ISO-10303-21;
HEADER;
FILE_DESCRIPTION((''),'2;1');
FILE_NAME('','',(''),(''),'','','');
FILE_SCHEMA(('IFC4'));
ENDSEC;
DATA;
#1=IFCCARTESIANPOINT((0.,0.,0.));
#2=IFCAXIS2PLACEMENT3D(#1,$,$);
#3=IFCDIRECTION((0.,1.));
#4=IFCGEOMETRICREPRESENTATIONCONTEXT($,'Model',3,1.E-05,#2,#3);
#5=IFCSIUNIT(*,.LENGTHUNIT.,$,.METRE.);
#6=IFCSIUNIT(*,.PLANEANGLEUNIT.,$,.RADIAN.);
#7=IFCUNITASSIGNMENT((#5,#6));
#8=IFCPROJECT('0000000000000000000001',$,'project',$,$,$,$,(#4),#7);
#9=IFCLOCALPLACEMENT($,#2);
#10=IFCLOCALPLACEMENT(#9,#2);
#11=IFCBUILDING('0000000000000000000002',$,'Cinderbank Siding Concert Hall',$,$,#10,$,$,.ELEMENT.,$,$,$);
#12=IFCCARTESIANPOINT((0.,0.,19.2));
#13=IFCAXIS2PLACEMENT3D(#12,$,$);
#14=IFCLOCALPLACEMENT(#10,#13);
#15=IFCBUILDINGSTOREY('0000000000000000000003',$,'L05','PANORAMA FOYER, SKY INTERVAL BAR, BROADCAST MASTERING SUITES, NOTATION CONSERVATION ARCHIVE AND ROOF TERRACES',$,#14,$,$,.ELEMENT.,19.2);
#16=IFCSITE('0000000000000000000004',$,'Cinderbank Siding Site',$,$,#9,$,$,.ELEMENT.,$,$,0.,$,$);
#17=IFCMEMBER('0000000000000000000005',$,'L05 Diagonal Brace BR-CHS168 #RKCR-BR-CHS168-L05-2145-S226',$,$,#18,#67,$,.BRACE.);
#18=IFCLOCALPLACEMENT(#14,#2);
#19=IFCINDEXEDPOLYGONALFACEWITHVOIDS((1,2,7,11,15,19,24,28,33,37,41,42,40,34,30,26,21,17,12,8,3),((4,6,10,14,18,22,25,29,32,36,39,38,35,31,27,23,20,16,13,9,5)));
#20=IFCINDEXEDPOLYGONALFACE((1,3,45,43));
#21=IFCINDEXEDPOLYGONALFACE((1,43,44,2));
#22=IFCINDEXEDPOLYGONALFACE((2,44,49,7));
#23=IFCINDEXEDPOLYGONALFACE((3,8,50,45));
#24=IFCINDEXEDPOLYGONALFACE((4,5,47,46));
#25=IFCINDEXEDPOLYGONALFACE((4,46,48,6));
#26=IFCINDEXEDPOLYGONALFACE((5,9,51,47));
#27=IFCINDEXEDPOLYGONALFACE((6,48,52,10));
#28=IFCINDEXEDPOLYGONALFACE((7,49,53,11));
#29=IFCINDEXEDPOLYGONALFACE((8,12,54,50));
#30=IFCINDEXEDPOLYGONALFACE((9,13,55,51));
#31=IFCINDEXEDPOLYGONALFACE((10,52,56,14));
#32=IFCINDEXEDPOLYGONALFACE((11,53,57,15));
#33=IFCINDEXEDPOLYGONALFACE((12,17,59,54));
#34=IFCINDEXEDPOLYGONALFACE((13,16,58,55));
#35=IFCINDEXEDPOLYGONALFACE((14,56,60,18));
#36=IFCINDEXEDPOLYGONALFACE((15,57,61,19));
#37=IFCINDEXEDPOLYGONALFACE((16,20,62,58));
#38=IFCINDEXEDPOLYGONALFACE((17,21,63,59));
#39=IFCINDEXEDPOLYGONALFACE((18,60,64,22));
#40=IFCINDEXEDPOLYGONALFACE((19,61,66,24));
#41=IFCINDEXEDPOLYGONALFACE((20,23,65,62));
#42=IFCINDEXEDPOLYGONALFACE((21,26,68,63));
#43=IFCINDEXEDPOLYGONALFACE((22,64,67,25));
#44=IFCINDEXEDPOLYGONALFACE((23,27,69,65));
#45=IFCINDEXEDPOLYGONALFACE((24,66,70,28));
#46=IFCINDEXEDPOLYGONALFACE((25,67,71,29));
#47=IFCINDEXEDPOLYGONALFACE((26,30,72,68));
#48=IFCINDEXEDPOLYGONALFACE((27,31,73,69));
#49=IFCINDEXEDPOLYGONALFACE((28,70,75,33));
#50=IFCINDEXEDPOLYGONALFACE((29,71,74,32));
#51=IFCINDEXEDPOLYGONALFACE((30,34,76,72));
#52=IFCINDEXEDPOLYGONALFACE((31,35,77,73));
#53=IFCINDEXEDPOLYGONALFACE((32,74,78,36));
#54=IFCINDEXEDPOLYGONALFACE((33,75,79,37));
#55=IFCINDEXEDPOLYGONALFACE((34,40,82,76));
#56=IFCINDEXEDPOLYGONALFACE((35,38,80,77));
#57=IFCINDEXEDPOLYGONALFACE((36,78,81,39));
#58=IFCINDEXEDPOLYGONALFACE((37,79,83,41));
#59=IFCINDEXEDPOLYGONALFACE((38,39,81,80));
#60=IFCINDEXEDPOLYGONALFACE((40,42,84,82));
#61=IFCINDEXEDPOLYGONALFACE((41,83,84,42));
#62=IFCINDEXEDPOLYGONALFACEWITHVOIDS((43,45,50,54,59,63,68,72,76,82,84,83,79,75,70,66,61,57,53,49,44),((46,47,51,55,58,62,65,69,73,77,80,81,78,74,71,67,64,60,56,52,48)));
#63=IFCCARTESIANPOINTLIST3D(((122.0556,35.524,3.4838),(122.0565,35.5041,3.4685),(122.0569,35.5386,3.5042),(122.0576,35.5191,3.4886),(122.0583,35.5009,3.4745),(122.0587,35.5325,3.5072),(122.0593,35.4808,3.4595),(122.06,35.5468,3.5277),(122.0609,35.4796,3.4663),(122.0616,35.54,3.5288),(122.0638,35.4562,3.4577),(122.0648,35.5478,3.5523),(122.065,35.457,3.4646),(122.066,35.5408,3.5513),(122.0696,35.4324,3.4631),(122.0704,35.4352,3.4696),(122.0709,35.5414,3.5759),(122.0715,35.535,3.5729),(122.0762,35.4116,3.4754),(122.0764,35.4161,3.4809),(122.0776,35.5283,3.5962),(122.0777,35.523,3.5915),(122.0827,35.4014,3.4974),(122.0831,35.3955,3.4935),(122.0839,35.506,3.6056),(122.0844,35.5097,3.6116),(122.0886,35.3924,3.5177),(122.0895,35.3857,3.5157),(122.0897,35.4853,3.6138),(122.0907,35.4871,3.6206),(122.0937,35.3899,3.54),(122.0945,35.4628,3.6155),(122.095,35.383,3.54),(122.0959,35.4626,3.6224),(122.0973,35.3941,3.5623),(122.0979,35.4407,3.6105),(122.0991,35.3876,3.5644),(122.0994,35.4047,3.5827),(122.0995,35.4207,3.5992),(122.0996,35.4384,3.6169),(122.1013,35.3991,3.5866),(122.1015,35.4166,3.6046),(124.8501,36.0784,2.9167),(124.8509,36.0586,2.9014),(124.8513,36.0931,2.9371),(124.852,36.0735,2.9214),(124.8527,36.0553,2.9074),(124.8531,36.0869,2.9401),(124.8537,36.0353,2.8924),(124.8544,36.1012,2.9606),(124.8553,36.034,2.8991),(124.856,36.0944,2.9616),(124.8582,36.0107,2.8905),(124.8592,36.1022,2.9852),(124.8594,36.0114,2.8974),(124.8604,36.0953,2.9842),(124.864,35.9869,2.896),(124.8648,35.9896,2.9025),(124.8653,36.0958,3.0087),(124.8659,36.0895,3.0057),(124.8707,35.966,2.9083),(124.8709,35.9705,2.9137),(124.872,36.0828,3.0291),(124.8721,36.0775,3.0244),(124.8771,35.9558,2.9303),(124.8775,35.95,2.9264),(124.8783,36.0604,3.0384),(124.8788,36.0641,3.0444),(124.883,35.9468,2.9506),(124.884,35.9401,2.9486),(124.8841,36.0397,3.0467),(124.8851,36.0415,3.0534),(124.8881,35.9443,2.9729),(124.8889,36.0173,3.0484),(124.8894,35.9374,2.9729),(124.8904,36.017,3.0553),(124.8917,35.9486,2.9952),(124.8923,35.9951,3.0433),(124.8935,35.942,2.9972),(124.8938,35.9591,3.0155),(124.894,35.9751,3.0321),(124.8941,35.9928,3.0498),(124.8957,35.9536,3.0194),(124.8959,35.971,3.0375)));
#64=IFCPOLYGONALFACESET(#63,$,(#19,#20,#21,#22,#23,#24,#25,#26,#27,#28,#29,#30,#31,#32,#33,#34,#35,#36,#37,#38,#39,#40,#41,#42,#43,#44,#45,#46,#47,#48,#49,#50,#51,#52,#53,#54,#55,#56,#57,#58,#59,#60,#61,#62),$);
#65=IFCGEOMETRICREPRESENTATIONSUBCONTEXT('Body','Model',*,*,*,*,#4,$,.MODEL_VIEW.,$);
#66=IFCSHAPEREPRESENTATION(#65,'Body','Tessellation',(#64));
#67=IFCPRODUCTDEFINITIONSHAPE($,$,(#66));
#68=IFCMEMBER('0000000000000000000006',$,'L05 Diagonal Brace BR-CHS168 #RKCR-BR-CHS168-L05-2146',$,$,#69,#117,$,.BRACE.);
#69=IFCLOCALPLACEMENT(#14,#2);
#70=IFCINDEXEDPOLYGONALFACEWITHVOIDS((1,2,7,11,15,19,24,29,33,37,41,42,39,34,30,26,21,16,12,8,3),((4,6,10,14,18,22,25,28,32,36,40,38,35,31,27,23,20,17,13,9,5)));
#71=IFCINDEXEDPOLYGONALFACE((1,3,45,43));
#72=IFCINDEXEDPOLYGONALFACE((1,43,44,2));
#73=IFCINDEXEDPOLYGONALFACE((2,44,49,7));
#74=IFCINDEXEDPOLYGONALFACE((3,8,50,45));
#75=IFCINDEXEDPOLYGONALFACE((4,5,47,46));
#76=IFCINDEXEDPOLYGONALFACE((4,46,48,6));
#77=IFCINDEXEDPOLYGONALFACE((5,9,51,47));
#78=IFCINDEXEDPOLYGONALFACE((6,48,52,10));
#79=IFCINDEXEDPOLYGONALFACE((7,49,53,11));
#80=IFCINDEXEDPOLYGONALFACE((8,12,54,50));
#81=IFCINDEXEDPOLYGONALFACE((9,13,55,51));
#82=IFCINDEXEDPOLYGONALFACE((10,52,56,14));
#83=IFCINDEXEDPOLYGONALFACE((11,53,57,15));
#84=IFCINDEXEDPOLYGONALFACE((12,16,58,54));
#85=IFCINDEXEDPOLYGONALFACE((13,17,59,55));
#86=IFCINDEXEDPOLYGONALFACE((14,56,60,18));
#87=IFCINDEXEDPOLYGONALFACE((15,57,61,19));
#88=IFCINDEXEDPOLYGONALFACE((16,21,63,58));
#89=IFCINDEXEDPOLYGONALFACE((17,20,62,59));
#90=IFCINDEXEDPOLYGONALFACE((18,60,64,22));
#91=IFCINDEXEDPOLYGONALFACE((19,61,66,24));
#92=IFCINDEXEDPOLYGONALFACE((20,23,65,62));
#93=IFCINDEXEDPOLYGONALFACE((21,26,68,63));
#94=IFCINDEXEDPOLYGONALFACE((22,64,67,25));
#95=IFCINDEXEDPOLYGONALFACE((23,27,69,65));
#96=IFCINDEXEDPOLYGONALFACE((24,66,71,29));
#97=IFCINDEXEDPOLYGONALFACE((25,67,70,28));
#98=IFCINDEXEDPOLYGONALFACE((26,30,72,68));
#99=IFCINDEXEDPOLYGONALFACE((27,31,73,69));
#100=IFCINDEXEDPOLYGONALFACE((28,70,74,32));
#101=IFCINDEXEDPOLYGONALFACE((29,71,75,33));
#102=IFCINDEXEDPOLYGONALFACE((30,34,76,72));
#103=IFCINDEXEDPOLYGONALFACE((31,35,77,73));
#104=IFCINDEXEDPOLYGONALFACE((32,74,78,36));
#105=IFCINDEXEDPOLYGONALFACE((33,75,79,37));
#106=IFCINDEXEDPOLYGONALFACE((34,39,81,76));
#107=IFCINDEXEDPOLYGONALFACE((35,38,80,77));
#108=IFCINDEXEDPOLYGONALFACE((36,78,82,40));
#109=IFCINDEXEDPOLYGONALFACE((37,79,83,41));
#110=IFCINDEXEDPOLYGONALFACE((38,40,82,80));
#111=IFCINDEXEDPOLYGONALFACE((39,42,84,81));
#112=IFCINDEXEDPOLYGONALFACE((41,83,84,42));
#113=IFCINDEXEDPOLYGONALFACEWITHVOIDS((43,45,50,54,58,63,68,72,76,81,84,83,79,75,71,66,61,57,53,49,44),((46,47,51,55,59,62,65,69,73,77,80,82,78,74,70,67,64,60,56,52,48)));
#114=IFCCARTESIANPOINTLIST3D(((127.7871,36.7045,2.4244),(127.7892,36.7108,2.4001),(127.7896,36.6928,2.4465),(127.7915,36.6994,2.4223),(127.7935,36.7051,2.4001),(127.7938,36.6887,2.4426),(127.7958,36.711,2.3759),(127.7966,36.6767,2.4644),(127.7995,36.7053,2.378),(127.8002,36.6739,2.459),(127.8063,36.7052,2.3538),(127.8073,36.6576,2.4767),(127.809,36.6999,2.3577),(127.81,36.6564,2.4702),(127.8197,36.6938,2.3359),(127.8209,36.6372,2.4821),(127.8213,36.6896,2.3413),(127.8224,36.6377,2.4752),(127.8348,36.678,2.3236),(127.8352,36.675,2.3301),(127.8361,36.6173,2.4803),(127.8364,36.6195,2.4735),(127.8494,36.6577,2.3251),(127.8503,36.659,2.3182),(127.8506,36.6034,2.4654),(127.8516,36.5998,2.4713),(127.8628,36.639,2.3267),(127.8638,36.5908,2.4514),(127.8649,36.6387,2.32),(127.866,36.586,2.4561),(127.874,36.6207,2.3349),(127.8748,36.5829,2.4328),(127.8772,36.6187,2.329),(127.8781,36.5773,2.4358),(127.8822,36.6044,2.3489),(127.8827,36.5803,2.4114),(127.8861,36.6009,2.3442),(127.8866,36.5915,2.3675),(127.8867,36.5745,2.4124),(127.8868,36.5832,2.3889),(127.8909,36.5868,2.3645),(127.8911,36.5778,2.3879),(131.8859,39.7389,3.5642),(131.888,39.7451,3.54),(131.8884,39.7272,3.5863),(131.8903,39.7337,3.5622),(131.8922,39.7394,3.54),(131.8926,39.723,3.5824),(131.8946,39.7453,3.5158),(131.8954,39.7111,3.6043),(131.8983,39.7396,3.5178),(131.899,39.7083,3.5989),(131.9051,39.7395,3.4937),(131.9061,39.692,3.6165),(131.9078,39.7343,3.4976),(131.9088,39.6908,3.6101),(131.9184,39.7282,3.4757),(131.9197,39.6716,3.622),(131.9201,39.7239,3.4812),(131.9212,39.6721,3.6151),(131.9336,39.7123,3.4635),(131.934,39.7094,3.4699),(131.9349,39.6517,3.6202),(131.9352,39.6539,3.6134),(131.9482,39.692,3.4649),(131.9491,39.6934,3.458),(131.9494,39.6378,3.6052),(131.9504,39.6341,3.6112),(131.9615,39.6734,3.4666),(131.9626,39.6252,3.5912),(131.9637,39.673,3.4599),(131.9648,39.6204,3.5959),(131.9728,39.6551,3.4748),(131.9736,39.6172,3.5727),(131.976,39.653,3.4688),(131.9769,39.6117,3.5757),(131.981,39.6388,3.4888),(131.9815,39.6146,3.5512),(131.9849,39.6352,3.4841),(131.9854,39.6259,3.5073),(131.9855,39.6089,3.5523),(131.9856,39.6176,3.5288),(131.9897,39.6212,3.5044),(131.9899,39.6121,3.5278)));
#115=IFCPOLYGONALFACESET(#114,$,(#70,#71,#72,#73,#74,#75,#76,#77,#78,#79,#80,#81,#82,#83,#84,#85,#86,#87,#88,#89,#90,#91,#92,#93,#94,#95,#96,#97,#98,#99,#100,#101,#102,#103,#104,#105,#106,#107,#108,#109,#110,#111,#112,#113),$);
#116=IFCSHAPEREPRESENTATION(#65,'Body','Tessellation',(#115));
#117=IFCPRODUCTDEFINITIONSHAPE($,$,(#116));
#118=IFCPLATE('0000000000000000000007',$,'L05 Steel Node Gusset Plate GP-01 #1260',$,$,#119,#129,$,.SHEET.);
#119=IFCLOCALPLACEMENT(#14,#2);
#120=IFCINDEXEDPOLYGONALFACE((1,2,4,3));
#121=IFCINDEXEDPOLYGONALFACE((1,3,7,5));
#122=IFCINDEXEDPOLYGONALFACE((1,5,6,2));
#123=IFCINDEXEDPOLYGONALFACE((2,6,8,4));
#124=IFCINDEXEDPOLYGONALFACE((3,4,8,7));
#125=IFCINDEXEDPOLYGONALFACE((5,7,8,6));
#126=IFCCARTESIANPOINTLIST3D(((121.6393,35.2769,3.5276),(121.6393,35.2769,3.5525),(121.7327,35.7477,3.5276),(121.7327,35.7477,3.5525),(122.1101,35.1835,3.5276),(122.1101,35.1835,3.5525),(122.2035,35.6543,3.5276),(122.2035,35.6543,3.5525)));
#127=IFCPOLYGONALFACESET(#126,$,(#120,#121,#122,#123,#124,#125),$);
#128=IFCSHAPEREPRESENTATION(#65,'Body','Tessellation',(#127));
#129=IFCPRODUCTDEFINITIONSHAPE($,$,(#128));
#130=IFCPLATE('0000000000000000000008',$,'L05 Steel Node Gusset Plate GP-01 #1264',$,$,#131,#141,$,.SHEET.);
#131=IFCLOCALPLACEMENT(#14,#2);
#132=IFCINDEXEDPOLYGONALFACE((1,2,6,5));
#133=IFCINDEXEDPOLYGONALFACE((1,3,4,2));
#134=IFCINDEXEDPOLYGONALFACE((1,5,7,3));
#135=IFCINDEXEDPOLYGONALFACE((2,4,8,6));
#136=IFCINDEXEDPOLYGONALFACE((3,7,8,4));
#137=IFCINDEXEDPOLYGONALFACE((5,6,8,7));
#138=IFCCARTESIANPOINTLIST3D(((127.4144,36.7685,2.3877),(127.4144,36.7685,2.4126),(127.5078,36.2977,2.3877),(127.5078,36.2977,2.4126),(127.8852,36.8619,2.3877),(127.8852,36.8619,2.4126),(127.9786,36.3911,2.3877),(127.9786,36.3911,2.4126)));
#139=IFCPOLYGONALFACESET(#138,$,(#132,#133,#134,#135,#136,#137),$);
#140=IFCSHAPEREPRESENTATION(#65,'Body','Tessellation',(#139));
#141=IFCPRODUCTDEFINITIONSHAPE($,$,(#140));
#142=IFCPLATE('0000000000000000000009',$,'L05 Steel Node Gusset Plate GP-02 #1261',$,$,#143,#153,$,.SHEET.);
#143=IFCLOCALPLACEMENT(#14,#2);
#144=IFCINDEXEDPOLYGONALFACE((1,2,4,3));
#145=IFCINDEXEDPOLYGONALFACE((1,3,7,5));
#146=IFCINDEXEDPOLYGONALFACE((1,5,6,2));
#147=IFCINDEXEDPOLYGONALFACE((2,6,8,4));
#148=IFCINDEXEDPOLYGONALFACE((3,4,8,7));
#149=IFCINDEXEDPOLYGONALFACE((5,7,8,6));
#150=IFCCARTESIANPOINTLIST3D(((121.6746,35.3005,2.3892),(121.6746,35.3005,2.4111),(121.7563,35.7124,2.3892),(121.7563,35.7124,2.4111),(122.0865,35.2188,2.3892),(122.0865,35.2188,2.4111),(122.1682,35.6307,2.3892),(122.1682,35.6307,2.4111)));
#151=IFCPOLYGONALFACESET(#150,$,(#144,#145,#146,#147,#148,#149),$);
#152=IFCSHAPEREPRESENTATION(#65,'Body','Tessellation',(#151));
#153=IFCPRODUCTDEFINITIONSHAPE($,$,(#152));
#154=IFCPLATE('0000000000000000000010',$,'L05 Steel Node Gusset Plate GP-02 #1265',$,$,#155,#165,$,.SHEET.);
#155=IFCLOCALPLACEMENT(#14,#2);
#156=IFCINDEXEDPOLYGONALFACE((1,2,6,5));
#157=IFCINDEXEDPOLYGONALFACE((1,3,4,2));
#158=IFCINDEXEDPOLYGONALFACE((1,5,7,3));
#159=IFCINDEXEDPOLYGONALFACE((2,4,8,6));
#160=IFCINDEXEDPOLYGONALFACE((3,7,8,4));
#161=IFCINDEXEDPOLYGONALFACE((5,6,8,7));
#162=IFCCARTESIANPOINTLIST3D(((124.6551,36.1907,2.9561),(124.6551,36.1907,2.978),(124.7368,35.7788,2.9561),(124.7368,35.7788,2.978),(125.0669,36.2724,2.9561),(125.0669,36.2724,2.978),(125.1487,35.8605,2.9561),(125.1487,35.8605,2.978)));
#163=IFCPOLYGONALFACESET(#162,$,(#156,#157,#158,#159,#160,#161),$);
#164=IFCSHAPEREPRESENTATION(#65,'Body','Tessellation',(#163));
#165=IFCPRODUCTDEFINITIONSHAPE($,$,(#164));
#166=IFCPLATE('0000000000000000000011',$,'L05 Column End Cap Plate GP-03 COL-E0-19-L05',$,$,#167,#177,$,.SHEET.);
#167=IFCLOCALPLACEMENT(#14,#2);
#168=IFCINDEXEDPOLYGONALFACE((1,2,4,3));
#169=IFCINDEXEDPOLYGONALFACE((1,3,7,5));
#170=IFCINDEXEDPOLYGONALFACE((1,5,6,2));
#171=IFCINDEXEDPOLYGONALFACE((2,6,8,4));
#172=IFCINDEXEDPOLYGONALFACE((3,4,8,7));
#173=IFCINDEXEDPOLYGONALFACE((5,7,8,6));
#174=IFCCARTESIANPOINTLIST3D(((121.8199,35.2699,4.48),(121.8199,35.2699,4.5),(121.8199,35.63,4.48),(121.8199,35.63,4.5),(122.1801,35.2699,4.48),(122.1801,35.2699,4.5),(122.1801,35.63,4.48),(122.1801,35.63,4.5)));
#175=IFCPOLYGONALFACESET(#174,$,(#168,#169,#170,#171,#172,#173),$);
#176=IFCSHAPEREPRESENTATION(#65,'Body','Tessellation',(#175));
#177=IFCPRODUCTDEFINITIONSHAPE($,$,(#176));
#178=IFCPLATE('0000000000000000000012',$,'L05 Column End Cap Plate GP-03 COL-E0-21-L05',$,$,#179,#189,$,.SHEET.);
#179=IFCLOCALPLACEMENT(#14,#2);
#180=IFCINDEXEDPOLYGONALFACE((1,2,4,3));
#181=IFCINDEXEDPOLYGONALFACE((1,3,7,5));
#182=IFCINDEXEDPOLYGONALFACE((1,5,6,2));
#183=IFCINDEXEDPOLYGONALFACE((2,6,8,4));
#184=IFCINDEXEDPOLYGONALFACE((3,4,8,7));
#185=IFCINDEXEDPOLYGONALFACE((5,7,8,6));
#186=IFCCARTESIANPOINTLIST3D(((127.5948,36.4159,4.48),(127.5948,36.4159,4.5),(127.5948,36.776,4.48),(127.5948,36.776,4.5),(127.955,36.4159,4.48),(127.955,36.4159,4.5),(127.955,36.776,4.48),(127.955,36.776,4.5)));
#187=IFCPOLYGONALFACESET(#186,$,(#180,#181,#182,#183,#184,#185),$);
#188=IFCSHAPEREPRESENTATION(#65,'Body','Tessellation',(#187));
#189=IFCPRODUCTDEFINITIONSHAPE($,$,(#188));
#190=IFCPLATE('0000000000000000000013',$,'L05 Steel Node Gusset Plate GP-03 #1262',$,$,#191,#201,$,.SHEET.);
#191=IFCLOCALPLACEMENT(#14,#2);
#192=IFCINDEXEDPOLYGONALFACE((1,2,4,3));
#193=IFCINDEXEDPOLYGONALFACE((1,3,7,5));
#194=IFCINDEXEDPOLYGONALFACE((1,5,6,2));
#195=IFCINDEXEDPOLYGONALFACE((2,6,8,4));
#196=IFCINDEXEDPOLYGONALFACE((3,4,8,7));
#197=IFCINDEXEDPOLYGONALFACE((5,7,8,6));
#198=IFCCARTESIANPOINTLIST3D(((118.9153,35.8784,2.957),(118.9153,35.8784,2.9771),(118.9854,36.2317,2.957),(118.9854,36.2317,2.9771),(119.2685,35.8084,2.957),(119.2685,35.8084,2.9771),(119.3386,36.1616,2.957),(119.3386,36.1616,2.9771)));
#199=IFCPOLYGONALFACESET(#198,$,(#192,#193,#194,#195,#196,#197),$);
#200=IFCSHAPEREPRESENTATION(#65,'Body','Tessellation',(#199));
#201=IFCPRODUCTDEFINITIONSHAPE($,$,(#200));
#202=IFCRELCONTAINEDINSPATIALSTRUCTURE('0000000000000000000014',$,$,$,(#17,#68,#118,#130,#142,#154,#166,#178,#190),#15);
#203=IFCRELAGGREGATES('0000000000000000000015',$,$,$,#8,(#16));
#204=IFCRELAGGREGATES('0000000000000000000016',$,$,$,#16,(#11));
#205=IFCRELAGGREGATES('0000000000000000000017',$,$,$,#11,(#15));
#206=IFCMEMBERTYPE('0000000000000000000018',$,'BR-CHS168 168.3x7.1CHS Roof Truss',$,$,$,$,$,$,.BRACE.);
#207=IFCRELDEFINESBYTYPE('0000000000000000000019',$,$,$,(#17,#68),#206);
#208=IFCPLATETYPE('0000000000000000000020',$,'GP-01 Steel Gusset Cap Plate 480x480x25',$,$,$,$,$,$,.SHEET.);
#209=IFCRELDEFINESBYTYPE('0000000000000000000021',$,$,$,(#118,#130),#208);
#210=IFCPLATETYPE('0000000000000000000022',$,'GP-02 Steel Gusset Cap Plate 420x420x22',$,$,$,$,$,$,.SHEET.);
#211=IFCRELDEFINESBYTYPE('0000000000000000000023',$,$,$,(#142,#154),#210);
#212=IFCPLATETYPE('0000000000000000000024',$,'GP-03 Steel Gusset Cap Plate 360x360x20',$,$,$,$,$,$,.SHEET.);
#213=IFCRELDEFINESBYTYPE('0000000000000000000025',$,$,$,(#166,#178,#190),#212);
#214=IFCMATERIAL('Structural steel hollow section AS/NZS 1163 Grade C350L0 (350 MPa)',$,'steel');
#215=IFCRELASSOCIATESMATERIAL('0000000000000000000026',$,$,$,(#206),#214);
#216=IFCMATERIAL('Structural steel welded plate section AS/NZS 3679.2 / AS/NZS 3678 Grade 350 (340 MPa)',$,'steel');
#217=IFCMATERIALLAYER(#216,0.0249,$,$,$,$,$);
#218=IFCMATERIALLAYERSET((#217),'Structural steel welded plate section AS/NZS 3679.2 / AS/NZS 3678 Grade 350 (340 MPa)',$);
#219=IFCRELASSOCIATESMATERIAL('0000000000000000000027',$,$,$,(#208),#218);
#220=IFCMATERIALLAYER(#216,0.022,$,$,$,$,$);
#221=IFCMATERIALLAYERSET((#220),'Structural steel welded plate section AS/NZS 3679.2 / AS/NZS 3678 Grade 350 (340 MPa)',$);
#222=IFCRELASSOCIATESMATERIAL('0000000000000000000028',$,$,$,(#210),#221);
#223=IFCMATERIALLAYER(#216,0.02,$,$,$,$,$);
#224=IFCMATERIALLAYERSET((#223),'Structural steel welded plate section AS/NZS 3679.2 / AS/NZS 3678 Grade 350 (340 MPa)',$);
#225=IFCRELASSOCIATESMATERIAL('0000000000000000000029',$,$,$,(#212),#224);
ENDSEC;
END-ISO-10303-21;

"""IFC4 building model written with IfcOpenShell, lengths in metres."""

from ifc_helpers import new_model, si_unit, direction, frame, origin, origin_2d, place, context, subcontext, project, spatial, rectangle, hollow_circle, extrude, material, layer, layer_set, material_profile, profile_set, type_object, element, save


model = new_model("IFC4")

# Units and contexts
model_context = context("Model", 3, precision=1e-05, world=origin(), true_north=direction((0.0, 1.0)))
body_context = subcontext(model_context, "Body", "Model", "MODEL_VIEW")
ifc_project = project(units=[si_unit("LENGTHUNIT", "METRE"), si_unit("PLANEANGLEUNIT", "RADIAN")], contexts=[model_context])

# Site, building, storey
site_placement = place(None, origin())
site = spatial("IfcSite", under=ifc_project, at=site_placement, Name="Cinderbank Siding Site", CompositionType="ELEMENT", RefElevation=0.0)
building_placement = place(site_placement, origin())
building = spatial("IfcBuilding", under=site, at=building_placement, Name="Cinderbank Siding Concert Hall", CompositionType="ELEMENT")
storey_placement = place(building_placement, frame((0.0, 0.0, 19.2)))
storey = spatial("IfcBuildingStorey", under=building, at=storey_placement, Name="L05", Description="PANORAMA FOYER, SKY INTERVAL BAR, BROADCAST MASTERING SUITES, NOTATION CONSERVATION ARCHIVE AND ROOF TERRACES", CompositionType="ELEMENT", Elevation=19.2)

# Shared definitions
ifc_material_1 = material(Name="Structural steel hollow section AS/NZS 1163 Grade C350L0 (350 MPa)", Category="steel")

# Members
ifc_material_profile_1 = material_profile(ifc_material_1, hollow_circle(Radius=0.0842, WallThickness=0.0071, at=origin_2d()), Name="168.3x7.1CHS", Category="LoadBearing")
ifc_profile_set_1 = profile_set([ifc_material_profile_1], Name="Structural steel hollow section AS/NZS 1163 Grade C350L0 (350 MPa)")
member_type = type_object("IfcMemberType", Name="BR-CHS168 168.3x7.1CHS Roof Truss", PredefinedType="BRACE", material=ifc_profile_set_1)
member_1_placement = place(storey_placement, frame((124.873, 36.02, 2.9729), z_axis=(-0.962003, -0.190871, 0.195241), x_axis=(0.194616, -0.980879, 0.0)))
element("IfcMember", 1, at=member_1_placement, inside=storey, type_object=member_type, Name="L05 Diagonal Brace BR-CHS168 #RKCR-BR-CHS168-L05-2145-S226", PredefinedType="BRACE", context=body_context, shape_type="SweptSolid", body=[
    extrude(hollow_circle(Radius=0.0842, WallThickness=0.0071, at=origin_2d()), origin(), (0.0, 0.0, 1.0), 2.9048),
])
member_2_placement = place(storey_placement, frame((127.8394, 36.6431, 2.4001), z_axis=(0.78437, 0.580674, 0.218132), x_axis=(-0.595002, 0.803724, 0.0)))
element("IfcMember", 2, at=member_2_placement, inside=storey, type_object=member_type, Name="L05 Diagonal Brace BR-CHS168 #RKCR-BR-CHS168-L05-2146", PredefinedType="BRACE", context=body_context, shape_type="SweptSolid", body=[
    extrude(hollow_circle(Radius=0.0842, WallThickness=0.0071, at=origin_2d()), origin(), (0.0, 0.0, 1.0), 5.2256),
])

# Plates
ifc_material_2 = material(Name="Structural steel welded plate section AS/NZS 3679.2 / AS/NZS 3678 Grade 350 (340 MPa)", Category="steel")
ifc_layer_1 = layer(ifc_material_2, 0.0249)
ifc_layer_set_1 = layer_set([ifc_layer_1], Name="Structural steel welded plate section AS/NZS 3679.2 / AS/NZS 3678 Grade 350 (340 MPa)")
plate_type_1 = type_object("IfcPlateType", Name="GP-01 Steel Gusset Cap Plate 480x480x25", PredefinedType="SHEET", material=ifc_layer_set_1)
for number, where, z_axis, x_axis, name in (
    (3, (121.9214, 35.4656, 3.5276), (0.0, 0.0, 1.0), (0.980887, -0.194577, 0.0), "L05 Steel Node Gusset Plate GP-01 #1260"),
    (4, (127.6965, 36.5798, 2.3877), (0.0, 0.0, 1.0), (-0.980887, -0.194577, 0.0), "L05 Steel Node Gusset Plate GP-01 #1264"),
):
    element("IfcPlate", number, at=place(storey_placement, frame(where, z_axis=z_axis, x_axis=x_axis)), inside=storey, type_object=plate_type_1, Name=name, PredefinedType="SHEET", context=body_context, shape_type="SweptSolid", body=[
        extrude(rectangle(XDim=0.48, YDim=0.48, at=origin_2d()), origin(), (0.0, 0.0, 1.0), 0.0249),
    ])
ifc_layer_2 = layer(ifc_material_2, 0.022)
ifc_layer_set_2 = layer_set([ifc_layer_2], Name="Structural steel welded plate section AS/NZS 3679.2 / AS/NZS 3678 Grade 350 (340 MPa)")
plate_type_2 = type_object("IfcPlateType", Name="GP-02 Steel Gusset Cap Plate 420x420x22", PredefinedType="SHEET", material=ifc_layer_set_2)
for number, where, z_axis, x_axis, name in (
    (5, (121.9214, 35.4656, 2.3892), (0.0, 0.0, 1.0), (-0.980887, 0.194577, 0.0), "L05 Steel Node Gusset Plate GP-02 #1261"),
    (6, (124.9019, 36.0256, 2.9561), (0.0, 0.0, 1.0), (-0.980887, -0.194577, 0.0), "L05 Steel Node Gusset Plate GP-02 #1265"),
):
    element("IfcPlate", number, at=place(storey_placement, frame(where, z_axis=z_axis, x_axis=x_axis)), inside=storey, type_object=plate_type_2, Name=name, PredefinedType="SHEET", context=body_context, shape_type="SweptSolid", body=[
        extrude(rectangle(XDim=0.4199, YDim=0.4199, at=origin_2d()), origin(), (0.0, 0.0, 1.0), 0.022),
    ])
ifc_layer_3 = layer(ifc_material_2, 0.02)
ifc_layer_set_3 = layer_set([ifc_layer_3], Name="Structural steel welded plate section AS/NZS 3679.2 / AS/NZS 3678 Grade 350 (340 MPa)")
plate_type_3 = type_object("IfcPlateType", Name="GP-03 Steel Gusset Cap Plate 360x360x20", PredefinedType="SHEET", material=ifc_layer_set_3)
for number, where, z_axis, x_axis, name in (
    (7, (122.0, 35.45, 4.48), (0.0, 0.0, 1.0), (1.0, 0.0, 0.0), "L05 Column End Cap Plate GP-03 COL-E0-19-L05"),
    (8, (127.7749, 36.5959, 4.48), (0.0, 0.0, 1.0), (1.0, 0.0, 0.0), "L05 Column End Cap Plate GP-03 COL-E0-21-L05"),
    (9, (119.127, 36.02, 2.957), (0.0, 0.0, 1.0), (-0.980887, 0.194577, 0.0), "L05 Steel Node Gusset Plate GP-03 #1262"),
):
    element("IfcPlate", number, at=place(storey_placement, frame(where, z_axis=z_axis, x_axis=x_axis)), inside=storey, type_object=plate_type_3, Name=name, PredefinedType="SHEET", context=body_context, shape_type="SweptSolid", body=[
        extrude(rectangle(XDim=0.3601, YDim=0.3601, at=origin_2d()), origin(), (0.0, 0.0, 1.0), 0.02),
    ])

save(model, "model.ifc")
